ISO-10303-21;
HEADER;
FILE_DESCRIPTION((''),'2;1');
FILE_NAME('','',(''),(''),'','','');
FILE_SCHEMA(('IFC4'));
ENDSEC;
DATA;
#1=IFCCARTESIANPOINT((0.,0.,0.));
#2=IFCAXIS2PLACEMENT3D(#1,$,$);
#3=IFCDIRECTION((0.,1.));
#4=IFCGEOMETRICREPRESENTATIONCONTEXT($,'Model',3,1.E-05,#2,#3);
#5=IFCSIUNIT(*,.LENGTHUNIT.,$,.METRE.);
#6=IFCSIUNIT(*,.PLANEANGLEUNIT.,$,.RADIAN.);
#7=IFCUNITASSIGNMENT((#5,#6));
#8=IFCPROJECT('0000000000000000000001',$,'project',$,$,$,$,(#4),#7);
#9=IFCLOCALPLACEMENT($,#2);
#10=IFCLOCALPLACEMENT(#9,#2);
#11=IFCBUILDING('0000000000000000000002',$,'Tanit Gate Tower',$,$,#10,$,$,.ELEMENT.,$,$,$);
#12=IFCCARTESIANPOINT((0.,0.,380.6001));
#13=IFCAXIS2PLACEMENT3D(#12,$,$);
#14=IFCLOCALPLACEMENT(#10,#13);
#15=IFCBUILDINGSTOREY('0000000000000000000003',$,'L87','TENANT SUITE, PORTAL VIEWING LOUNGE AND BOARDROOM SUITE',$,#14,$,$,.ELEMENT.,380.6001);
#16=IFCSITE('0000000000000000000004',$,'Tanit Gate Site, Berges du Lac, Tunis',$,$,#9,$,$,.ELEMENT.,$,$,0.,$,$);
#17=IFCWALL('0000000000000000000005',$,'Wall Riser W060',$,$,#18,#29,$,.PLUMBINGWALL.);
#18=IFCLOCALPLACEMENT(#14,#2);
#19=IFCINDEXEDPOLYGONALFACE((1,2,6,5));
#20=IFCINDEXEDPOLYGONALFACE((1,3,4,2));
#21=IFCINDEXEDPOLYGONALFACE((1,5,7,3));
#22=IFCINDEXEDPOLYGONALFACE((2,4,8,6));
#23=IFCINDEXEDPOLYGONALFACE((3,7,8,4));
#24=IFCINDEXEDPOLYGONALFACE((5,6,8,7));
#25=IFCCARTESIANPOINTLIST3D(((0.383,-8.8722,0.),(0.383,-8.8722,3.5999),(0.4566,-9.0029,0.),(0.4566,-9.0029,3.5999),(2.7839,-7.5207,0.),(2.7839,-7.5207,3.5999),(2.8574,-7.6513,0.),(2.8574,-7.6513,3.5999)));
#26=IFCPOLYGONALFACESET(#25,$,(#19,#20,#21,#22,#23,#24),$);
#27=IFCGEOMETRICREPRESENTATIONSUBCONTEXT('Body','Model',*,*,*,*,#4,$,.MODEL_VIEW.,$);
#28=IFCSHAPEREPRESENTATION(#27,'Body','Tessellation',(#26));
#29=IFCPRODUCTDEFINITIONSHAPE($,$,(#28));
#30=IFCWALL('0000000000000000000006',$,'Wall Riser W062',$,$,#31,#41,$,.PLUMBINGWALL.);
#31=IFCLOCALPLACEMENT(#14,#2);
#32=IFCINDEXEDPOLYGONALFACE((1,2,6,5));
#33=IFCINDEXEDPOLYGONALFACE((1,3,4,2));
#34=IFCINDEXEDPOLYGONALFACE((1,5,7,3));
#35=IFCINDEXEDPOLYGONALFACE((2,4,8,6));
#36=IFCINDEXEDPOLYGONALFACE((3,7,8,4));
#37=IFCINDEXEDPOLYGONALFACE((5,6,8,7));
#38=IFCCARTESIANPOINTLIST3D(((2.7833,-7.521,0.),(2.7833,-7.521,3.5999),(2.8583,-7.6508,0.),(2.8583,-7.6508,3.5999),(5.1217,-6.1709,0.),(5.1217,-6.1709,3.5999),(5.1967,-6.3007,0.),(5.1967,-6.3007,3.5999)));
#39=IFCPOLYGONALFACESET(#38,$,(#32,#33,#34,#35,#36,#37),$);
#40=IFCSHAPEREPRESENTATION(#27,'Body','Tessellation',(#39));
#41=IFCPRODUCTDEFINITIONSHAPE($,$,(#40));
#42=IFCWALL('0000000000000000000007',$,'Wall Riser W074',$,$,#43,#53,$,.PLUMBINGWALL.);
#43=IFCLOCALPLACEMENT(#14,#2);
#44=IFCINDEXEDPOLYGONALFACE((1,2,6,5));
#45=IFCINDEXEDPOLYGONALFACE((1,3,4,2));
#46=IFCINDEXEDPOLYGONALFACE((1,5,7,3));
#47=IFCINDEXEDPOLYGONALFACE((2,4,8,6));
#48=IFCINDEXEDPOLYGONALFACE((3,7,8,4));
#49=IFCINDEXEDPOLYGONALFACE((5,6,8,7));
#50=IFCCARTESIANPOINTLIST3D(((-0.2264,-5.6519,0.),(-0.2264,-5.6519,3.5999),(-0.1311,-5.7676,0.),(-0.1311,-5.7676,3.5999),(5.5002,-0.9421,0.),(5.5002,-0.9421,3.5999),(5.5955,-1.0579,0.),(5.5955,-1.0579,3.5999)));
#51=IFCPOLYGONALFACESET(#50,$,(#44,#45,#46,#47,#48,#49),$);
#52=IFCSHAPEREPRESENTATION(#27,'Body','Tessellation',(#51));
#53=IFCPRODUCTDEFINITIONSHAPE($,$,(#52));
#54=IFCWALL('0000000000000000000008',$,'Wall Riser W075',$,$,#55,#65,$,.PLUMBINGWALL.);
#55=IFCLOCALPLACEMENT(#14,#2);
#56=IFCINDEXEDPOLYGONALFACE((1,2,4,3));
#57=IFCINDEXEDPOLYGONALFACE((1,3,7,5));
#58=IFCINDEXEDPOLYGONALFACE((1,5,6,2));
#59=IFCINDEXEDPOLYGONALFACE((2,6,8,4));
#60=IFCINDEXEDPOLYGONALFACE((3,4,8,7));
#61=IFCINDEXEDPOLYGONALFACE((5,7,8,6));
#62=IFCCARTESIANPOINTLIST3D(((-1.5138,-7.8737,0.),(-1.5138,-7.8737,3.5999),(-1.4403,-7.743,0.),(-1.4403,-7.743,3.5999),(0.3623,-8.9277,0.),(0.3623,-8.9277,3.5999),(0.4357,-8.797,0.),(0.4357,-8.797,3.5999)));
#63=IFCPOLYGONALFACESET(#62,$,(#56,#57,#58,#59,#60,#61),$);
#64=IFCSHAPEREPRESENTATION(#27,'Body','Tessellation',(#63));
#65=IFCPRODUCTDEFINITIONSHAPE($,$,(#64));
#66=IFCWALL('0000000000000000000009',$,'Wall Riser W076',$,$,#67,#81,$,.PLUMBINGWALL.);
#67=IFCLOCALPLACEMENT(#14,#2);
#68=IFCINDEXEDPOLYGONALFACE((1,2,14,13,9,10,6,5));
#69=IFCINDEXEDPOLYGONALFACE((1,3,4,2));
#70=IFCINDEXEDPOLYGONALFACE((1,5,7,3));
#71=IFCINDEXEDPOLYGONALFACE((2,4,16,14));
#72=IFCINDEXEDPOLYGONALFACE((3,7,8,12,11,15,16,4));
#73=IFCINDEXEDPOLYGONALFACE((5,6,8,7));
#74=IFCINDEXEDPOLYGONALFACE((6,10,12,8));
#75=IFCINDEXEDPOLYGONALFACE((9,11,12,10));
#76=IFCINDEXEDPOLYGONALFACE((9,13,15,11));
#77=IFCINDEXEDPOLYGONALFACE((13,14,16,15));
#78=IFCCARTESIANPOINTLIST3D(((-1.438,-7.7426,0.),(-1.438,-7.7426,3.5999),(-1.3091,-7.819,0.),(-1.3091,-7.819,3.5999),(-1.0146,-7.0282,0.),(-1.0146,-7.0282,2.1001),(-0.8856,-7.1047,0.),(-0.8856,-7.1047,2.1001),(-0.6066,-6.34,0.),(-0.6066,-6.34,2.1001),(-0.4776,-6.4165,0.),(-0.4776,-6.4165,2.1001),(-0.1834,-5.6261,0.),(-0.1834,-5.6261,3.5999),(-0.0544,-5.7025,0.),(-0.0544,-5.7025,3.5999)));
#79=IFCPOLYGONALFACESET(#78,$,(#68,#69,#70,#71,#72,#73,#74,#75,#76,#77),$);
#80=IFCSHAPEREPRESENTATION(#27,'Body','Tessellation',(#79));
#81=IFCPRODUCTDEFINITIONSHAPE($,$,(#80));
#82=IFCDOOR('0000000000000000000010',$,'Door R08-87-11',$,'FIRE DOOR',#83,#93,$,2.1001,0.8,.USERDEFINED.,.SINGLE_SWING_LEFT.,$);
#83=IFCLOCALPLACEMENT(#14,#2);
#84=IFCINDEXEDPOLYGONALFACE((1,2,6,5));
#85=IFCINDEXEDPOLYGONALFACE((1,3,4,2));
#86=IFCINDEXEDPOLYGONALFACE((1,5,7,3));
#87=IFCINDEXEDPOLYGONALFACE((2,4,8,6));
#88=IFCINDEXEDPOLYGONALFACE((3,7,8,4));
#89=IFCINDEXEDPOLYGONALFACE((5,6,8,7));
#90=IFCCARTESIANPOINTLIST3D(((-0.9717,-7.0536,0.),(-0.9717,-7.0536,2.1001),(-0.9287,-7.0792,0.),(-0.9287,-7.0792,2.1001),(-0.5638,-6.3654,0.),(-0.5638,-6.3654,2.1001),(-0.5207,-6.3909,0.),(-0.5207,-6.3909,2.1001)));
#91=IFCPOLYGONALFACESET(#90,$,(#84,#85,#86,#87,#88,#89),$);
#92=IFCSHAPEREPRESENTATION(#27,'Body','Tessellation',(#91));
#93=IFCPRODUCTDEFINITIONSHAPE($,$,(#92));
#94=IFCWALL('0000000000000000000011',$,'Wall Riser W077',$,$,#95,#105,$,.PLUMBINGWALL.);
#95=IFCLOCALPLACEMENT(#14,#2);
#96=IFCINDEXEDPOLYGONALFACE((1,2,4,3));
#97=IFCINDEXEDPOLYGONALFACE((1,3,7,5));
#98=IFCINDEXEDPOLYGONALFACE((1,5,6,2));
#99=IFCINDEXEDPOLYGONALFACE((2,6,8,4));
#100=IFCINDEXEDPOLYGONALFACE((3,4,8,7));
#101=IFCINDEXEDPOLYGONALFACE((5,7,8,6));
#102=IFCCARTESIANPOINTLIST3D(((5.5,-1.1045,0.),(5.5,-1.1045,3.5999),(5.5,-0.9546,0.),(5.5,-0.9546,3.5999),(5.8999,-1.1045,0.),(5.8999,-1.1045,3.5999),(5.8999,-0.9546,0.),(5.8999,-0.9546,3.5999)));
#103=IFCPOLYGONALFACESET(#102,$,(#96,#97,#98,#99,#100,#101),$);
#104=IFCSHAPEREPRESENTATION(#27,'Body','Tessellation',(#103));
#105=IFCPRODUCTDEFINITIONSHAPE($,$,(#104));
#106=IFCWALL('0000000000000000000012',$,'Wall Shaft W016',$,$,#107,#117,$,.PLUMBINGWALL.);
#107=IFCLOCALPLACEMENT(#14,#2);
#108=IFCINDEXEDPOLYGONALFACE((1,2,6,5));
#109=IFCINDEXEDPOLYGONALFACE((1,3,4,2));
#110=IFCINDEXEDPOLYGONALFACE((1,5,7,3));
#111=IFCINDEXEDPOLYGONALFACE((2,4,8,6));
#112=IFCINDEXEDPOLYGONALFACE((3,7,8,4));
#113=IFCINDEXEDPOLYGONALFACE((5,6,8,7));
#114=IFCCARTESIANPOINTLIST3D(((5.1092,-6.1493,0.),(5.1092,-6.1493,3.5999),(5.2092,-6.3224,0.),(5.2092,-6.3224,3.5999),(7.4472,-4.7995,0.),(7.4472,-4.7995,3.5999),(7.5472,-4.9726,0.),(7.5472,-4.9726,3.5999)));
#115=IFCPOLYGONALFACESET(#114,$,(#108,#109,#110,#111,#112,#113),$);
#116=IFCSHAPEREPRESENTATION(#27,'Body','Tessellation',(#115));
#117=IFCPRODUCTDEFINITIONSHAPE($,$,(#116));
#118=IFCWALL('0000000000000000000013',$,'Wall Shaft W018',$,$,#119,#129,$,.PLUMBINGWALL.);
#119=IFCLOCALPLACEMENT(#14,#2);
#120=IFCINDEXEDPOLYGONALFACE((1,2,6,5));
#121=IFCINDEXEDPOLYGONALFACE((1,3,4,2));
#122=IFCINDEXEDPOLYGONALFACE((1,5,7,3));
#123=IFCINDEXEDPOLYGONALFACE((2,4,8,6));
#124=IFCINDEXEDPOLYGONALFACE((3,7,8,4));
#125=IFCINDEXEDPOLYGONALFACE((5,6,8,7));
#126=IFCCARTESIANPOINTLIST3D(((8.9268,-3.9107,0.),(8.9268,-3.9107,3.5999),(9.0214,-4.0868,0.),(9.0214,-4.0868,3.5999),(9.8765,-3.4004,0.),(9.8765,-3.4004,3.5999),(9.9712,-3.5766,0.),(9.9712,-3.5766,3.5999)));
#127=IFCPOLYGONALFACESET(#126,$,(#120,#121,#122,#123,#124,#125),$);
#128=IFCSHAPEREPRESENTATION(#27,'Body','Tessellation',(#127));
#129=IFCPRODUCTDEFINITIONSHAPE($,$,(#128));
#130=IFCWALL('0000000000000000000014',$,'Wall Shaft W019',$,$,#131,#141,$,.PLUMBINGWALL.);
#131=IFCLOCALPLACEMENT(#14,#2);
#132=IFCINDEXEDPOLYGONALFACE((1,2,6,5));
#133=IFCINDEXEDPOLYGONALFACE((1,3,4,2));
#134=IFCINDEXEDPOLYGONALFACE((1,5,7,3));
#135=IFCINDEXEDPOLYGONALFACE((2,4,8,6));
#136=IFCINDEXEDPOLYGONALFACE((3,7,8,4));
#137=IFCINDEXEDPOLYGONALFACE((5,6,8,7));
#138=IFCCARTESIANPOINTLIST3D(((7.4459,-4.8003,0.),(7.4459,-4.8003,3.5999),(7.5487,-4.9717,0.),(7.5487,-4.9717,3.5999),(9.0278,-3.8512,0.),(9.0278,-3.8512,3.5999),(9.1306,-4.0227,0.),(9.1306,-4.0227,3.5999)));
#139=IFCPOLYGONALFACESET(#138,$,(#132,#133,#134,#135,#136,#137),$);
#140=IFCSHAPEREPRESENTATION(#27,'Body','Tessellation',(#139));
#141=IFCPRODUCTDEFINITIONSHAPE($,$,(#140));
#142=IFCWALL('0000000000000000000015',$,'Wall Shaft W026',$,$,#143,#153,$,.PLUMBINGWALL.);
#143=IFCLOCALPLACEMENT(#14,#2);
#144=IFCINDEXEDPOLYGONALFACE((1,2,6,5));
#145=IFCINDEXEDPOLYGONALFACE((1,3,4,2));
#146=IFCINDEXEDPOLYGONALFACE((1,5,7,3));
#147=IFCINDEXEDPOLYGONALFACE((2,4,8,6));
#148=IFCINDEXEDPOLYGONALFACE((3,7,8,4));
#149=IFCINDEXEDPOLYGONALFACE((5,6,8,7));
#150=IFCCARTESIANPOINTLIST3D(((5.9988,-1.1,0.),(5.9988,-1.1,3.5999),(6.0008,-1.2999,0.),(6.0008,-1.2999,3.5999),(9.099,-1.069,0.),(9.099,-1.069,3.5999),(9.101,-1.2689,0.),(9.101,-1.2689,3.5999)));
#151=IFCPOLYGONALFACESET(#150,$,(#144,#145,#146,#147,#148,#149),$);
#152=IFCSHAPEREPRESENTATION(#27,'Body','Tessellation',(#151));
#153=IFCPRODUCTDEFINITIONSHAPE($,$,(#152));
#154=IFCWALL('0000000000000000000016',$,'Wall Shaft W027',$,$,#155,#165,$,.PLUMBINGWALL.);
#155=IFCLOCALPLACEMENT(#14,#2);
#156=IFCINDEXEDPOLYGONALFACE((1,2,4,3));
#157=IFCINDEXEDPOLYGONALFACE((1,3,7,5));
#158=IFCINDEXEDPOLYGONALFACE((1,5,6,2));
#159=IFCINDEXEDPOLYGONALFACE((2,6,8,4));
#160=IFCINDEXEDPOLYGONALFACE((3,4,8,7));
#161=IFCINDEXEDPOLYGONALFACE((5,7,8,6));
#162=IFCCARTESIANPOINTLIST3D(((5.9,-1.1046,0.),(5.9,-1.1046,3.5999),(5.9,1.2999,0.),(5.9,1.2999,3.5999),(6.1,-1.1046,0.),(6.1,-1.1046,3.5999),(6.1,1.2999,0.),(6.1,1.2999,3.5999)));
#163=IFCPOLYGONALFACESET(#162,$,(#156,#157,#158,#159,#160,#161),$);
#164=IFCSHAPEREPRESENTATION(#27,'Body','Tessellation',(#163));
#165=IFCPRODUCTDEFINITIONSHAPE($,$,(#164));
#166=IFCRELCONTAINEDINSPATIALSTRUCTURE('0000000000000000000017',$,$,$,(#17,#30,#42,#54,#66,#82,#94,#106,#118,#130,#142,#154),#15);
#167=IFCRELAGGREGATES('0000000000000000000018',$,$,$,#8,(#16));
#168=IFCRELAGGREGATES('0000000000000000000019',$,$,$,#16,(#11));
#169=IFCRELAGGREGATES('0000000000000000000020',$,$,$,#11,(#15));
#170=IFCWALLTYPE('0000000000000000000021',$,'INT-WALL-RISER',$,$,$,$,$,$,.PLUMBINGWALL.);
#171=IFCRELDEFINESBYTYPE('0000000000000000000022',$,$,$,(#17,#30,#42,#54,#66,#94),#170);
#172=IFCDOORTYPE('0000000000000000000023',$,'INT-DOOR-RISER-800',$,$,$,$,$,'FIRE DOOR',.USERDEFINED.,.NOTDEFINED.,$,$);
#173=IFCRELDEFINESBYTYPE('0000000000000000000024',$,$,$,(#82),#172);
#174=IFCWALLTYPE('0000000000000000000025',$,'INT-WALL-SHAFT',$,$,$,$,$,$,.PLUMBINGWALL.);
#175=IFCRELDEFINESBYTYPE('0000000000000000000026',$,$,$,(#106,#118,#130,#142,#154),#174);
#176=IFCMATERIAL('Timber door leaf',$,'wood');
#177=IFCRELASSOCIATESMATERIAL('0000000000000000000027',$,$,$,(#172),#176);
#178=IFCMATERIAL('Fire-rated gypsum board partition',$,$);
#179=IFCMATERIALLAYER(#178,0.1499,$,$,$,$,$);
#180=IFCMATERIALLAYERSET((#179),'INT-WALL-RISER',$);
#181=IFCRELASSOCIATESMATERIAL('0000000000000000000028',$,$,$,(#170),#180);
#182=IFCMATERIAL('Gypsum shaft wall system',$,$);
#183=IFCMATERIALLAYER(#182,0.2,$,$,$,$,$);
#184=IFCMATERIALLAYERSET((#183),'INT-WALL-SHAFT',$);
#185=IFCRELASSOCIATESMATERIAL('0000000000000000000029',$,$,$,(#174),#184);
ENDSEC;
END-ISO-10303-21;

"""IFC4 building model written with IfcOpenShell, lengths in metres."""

from ifc_helpers import new_model, si_unit, direction, frame, frame_2d, origin, place, context, subcontext, project, spatial, rectangle, extrude, material, layer, layer_set, type_object, element, fill, save


model = new_model("IFC4")

# Units and contexts
model_context = context("Model", 3, precision=1e-05, world=origin(), true_north=direction((0.0, 1.0)))
body_context = subcontext(model_context, "Body", "Model", "MODEL_VIEW")
ifc_project = project(units=[si_unit("LENGTHUNIT", "METRE"), si_unit("PLANEANGLEUNIT", "RADIAN")], contexts=[model_context])

# Site, building, storey
site_placement = place(None, origin())
site = spatial("IfcSite", under=ifc_project, at=site_placement, Name="Tanit Gate Site, Berges du Lac, Tunis", CompositionType="ELEMENT", RefElevation=0.0)
building_placement = place(site_placement, origin())
building = spatial("IfcBuilding", under=site, at=building_placement, Name="Tanit Gate Tower", CompositionType="ELEMENT")
storey_placement = place(building_placement, frame((0.0, 0.0, 380.6001)))
storey = spatial("IfcBuildingStorey", under=building, at=storey_placement, Name="L87", Description="TENANT SUITE, PORTAL VIEWING LOUNGE AND BOARDROOM SUITE", CompositionType="ELEMENT", Elevation=380.6001)

# Shared definitions
ifc_material_1 = material(Name="Timber door leaf", Category="wood")
door_type = type_object("IfcDoorType", Name="INT-DOOR-RISER-800", ElementType="FIRE DOOR", OperationType="NOTDEFINED", PredefinedType="USERDEFINED", material=ifc_material_1)

# Walls
ifc_material_2 = material(Name="Fire-rated gypsum board partition")
ifc_layer_1 = layer(ifc_material_2, 0.1499)
ifc_layer_set_1 = layer_set([ifc_layer_1], Name="INT-WALL-RISER")
wall_type_1 = type_object("IfcWallType", Name="INT-WALL-RISER", PredefinedType="PLUMBINGWALL", material=ifc_layer_set_1)
wall_1_placement = place(storey_placement, frame((0.4199, -8.9375, 0.0), z_axis=(0.0, 0.0, 1.0), x_axis=(0.87141, 0.490556, 0.0)))
element("IfcWall", 1, at=wall_1_placement, inside=storey, type_object=wall_type_1, Name="Wall Riser W060", PredefinedType="PLUMBINGWALL", context=body_context, shape_type="SweptSolid", body=[
    extrude(rectangle(XDim=2.7551, YDim=0.1499, at=frame_2d((1.3774, 0.0))), origin(), (0.0, 0.0, 1.0), 3.5999),
])
wall_2_placement = place(storey_placement, frame((2.8208, -7.5859, 0.0), z_axis=(0.0, 0.0, 1.0), x_axis=(0.86602, 0.500009, 0.0)))
element("IfcWall", 2, at=wall_2_placement, inside=storey, type_object=wall_type_1, Name="Wall Riser W062", PredefinedType="PLUMBINGWALL", context=body_context, shape_type="SweptSolid", body=[
    extrude(rectangle(XDim=2.7002, YDim=0.1499, at=frame_2d((1.3501, 0.0))), origin(), (0.0, 0.0, 1.0), 3.5999),
])
wall_3_placement = place(storey_placement, frame((5.5479, -1.0, 0.0), z_axis=(0.0, 0.0, 1.0), x_axis=(-0.772345, -0.635203, 0.0)))
element("IfcWall", 3, at=wall_3_placement, inside=storey, type_object=wall_type_1, Name="Wall Riser W074", PredefinedType="PLUMBINGWALL", context=body_context, shape_type="SweptSolid", body=[
    extrude(rectangle(XDim=7.4146, YDim=0.1499, at=frame_2d((3.7073, 0.0))), origin(), (0.0, 0.0, 1.0), 3.5999),
])
wall_4_placement = place(storey_placement, frame((-1.4771, -7.8083, 0.0), z_axis=(0.0, 0.0, 1.0), x_axis=(0.87183, -0.489809, 0.0)))
element("IfcWall", 4, at=wall_4_placement, inside=storey, type_object=wall_type_1, Name="Wall Riser W075", PredefinedType="PLUMBINGWALL", context=body_context, shape_type="SweptSolid", body=[
    extrude(rectangle(XDim=2.1519, YDim=0.1499, at=frame_2d((1.0759, 0.0))), origin(), (0.0, 0.0, 1.0), 3.5999),
])

# Wall, opening, door
wall_5_placement = place(storey_placement, frame((-0.1189, -5.6643, 0.0), z_axis=(0.0, 0.0, 1.0), x_axis=(-0.509936, -0.860213, 0.0)))
wall_5 = element("IfcWall", 5, at=wall_5_placement, inside=storey, type_object=wall_type_1, Name="Wall Riser W076", PredefinedType="PLUMBINGWALL", context=body_context, shape_type="SweptSolid", body=[
    extrude(rectangle(XDim=2.4604, YDim=0.1499, at=frame_2d((1.2302, 0.0))), origin(), (0.0, 0.0, 1.0), 3.5999),
])
opening_1_placement = place(wall_5_placement, frame((0.8301, 0.0, 0.0)))
opening_1 = element("IfcOpeningElement", 6, at=opening_1_placement, cuts=wall_5, PredefinedType="OPENING", context=body_context, shape_type="SweptSolid", body=[
    extrude(rectangle(XDim=0.8, YDim=2.1001, at=frame_2d((0.3999, 1.05))), frame((0.0, 0.085, 0.0), z_axis=(0.0, -1.0, 0.0), x_axis=(1.0, 0.0, 0.0)), (0.0, 0.0, 1.0), 0.1699),
])
door_1_placement = place(opening_1_placement, origin())
door_1 = element("IfcDoor", 7, at=door_1_placement, inside=storey, type_object=door_type, Name="Door R08-87-11", ObjectType="FIRE DOOR", OperationType="SINGLE_SWING_LEFT", OverallHeight=2.1001, OverallWidth=0.8, PredefinedType="USERDEFINED", context=body_context, shape_type="SweptSolid", body=[
    extrude(rectangle(XDim=0.8, YDim=2.1001, at=frame_2d((0.3999, 1.05))), frame((0.0, 0.0249, 0.0), z_axis=(0.0, -1.0, 0.0), x_axis=(1.0, 0.0, 0.0)), (0.0, 0.0, 1.0), 0.05),
])
fill(opening_1, door_1)

# Walls
wall_6_placement = place(storey_placement, frame((5.8999, -1.0295, 0.0), z_axis=(0.0, 0.0, 1.0), x_axis=(-1.0, 0.0, 0.0)))
element("IfcWall", 8, at=wall_6_placement, inside=storey, type_object=wall_type_1, Name="Wall Riser W077", PredefinedType="PLUMBINGWALL", context=body_context, shape_type="SweptSolid", body=[
    extrude(rectangle(XDim=0.3999, YDim=0.1499, at=frame_2d((0.2, 0.0))), origin(), (0.0, 0.0, 1.0), 3.5999),
])
ifc_material_3 = material(Name="Gypsum shaft wall system")
ifc_layer_2 = layer(ifc_material_3, 0.2)
ifc_layer_set_2 = layer_set([ifc_layer_2], Name="INT-WALL-SHAFT")
wall_type_2 = type_object("IfcWallType", Name="INT-WALL-SHAFT", PredefinedType="PLUMBINGWALL", material=ifc_layer_set_2)
wall_7_placement = place(storey_placement, frame((5.1592, -6.2358, 0.0), z_axis=(0.0, 0.0, 1.0), x_axis=(0.866037, 0.499981, 0.0)))
element("IfcWall", 9, at=wall_7_placement, inside=storey, type_object=wall_type_2, Name="Wall Shaft W016", PredefinedType="PLUMBINGWALL", context=body_context, shape_type="SweptSolid", body=[
    extrude(rectangle(XDim=2.6997, YDim=0.2, at=frame_2d((1.3499, 0.0))), origin(), (0.0, 0.0, 1.0), 3.5999),
])
wall_8_placement = place(storey_placement, frame((8.9741, -3.9988, 0.0), z_axis=(0.0, 0.0, 1.0), x_axis=(0.880907, 0.473289, 0.0)))
element("IfcWall", 10, at=wall_8_placement, inside=storey, type_object=wall_type_2, Name="Wall Shaft W018", PredefinedType="PLUMBINGWALL", context=body_context, shape_type="SweptSolid", body=[
    extrude(rectangle(XDim=1.0781, YDim=0.2, at=frame_2d((0.5391, 0.0))), origin(), (0.0, 0.0, 1.0), 3.5999),
])
wall_9_placement = place(storey_placement, frame((7.4973, -4.886, 0.0), z_axis=(0.0, 0.0, 1.0), x_axis=(0.857516, 0.514457, 0.0)))
element("IfcWall", 11, at=wall_9_placement, inside=storey, type_object=wall_type_2, Name="Wall Shaft W019", PredefinedType="PLUMBINGWALL", context=body_context, shape_type="SweptSolid", body=[
    extrude(rectangle(XDim=1.8447, YDim=0.2, at=frame_2d((0.9224, 0.0))), origin(), (0.0, 0.0, 1.0), 3.5999),
])
wall_10_placement = place(storey_placement, frame((9.1001, -1.1689, 0.0), z_axis=(0.0, 0.0, 1.0), x_axis=(-0.99995, -0.010001, 0.0)))
element("IfcWall", 12, at=wall_10_placement, inside=storey, type_object=wall_type_2, Name="Wall Shaft W026", PredefinedType="PLUMBINGWALL", context=body_context, shape_type="SweptSolid", body=[
    extrude(rectangle(XDim=3.1003, YDim=0.2, at=frame_2d((1.5503, 0.0))), origin(), (0.0, 0.0, 1.0), 3.5999),
])
wall_11_placement = place(storey_placement, frame((6.0, -1.1045, 0.0), z_axis=(0.0, 0.0, 1.0), x_axis=(0.0, 1.0, 0.0)))
element("IfcWall", 13, at=wall_11_placement, inside=storey, type_object=wall_type_2, Name="Wall Shaft W027", PredefinedType="PLUMBINGWALL", context=body_context, shape_type="SweptSolid", body=[
    extrude(rectangle(XDim=2.4045, YDim=0.2, at=frame_2d((1.2021, 0.0))), origin(), (0.0, 0.0, 1.0), 3.5999),
])

save(model, "model.ifc")
